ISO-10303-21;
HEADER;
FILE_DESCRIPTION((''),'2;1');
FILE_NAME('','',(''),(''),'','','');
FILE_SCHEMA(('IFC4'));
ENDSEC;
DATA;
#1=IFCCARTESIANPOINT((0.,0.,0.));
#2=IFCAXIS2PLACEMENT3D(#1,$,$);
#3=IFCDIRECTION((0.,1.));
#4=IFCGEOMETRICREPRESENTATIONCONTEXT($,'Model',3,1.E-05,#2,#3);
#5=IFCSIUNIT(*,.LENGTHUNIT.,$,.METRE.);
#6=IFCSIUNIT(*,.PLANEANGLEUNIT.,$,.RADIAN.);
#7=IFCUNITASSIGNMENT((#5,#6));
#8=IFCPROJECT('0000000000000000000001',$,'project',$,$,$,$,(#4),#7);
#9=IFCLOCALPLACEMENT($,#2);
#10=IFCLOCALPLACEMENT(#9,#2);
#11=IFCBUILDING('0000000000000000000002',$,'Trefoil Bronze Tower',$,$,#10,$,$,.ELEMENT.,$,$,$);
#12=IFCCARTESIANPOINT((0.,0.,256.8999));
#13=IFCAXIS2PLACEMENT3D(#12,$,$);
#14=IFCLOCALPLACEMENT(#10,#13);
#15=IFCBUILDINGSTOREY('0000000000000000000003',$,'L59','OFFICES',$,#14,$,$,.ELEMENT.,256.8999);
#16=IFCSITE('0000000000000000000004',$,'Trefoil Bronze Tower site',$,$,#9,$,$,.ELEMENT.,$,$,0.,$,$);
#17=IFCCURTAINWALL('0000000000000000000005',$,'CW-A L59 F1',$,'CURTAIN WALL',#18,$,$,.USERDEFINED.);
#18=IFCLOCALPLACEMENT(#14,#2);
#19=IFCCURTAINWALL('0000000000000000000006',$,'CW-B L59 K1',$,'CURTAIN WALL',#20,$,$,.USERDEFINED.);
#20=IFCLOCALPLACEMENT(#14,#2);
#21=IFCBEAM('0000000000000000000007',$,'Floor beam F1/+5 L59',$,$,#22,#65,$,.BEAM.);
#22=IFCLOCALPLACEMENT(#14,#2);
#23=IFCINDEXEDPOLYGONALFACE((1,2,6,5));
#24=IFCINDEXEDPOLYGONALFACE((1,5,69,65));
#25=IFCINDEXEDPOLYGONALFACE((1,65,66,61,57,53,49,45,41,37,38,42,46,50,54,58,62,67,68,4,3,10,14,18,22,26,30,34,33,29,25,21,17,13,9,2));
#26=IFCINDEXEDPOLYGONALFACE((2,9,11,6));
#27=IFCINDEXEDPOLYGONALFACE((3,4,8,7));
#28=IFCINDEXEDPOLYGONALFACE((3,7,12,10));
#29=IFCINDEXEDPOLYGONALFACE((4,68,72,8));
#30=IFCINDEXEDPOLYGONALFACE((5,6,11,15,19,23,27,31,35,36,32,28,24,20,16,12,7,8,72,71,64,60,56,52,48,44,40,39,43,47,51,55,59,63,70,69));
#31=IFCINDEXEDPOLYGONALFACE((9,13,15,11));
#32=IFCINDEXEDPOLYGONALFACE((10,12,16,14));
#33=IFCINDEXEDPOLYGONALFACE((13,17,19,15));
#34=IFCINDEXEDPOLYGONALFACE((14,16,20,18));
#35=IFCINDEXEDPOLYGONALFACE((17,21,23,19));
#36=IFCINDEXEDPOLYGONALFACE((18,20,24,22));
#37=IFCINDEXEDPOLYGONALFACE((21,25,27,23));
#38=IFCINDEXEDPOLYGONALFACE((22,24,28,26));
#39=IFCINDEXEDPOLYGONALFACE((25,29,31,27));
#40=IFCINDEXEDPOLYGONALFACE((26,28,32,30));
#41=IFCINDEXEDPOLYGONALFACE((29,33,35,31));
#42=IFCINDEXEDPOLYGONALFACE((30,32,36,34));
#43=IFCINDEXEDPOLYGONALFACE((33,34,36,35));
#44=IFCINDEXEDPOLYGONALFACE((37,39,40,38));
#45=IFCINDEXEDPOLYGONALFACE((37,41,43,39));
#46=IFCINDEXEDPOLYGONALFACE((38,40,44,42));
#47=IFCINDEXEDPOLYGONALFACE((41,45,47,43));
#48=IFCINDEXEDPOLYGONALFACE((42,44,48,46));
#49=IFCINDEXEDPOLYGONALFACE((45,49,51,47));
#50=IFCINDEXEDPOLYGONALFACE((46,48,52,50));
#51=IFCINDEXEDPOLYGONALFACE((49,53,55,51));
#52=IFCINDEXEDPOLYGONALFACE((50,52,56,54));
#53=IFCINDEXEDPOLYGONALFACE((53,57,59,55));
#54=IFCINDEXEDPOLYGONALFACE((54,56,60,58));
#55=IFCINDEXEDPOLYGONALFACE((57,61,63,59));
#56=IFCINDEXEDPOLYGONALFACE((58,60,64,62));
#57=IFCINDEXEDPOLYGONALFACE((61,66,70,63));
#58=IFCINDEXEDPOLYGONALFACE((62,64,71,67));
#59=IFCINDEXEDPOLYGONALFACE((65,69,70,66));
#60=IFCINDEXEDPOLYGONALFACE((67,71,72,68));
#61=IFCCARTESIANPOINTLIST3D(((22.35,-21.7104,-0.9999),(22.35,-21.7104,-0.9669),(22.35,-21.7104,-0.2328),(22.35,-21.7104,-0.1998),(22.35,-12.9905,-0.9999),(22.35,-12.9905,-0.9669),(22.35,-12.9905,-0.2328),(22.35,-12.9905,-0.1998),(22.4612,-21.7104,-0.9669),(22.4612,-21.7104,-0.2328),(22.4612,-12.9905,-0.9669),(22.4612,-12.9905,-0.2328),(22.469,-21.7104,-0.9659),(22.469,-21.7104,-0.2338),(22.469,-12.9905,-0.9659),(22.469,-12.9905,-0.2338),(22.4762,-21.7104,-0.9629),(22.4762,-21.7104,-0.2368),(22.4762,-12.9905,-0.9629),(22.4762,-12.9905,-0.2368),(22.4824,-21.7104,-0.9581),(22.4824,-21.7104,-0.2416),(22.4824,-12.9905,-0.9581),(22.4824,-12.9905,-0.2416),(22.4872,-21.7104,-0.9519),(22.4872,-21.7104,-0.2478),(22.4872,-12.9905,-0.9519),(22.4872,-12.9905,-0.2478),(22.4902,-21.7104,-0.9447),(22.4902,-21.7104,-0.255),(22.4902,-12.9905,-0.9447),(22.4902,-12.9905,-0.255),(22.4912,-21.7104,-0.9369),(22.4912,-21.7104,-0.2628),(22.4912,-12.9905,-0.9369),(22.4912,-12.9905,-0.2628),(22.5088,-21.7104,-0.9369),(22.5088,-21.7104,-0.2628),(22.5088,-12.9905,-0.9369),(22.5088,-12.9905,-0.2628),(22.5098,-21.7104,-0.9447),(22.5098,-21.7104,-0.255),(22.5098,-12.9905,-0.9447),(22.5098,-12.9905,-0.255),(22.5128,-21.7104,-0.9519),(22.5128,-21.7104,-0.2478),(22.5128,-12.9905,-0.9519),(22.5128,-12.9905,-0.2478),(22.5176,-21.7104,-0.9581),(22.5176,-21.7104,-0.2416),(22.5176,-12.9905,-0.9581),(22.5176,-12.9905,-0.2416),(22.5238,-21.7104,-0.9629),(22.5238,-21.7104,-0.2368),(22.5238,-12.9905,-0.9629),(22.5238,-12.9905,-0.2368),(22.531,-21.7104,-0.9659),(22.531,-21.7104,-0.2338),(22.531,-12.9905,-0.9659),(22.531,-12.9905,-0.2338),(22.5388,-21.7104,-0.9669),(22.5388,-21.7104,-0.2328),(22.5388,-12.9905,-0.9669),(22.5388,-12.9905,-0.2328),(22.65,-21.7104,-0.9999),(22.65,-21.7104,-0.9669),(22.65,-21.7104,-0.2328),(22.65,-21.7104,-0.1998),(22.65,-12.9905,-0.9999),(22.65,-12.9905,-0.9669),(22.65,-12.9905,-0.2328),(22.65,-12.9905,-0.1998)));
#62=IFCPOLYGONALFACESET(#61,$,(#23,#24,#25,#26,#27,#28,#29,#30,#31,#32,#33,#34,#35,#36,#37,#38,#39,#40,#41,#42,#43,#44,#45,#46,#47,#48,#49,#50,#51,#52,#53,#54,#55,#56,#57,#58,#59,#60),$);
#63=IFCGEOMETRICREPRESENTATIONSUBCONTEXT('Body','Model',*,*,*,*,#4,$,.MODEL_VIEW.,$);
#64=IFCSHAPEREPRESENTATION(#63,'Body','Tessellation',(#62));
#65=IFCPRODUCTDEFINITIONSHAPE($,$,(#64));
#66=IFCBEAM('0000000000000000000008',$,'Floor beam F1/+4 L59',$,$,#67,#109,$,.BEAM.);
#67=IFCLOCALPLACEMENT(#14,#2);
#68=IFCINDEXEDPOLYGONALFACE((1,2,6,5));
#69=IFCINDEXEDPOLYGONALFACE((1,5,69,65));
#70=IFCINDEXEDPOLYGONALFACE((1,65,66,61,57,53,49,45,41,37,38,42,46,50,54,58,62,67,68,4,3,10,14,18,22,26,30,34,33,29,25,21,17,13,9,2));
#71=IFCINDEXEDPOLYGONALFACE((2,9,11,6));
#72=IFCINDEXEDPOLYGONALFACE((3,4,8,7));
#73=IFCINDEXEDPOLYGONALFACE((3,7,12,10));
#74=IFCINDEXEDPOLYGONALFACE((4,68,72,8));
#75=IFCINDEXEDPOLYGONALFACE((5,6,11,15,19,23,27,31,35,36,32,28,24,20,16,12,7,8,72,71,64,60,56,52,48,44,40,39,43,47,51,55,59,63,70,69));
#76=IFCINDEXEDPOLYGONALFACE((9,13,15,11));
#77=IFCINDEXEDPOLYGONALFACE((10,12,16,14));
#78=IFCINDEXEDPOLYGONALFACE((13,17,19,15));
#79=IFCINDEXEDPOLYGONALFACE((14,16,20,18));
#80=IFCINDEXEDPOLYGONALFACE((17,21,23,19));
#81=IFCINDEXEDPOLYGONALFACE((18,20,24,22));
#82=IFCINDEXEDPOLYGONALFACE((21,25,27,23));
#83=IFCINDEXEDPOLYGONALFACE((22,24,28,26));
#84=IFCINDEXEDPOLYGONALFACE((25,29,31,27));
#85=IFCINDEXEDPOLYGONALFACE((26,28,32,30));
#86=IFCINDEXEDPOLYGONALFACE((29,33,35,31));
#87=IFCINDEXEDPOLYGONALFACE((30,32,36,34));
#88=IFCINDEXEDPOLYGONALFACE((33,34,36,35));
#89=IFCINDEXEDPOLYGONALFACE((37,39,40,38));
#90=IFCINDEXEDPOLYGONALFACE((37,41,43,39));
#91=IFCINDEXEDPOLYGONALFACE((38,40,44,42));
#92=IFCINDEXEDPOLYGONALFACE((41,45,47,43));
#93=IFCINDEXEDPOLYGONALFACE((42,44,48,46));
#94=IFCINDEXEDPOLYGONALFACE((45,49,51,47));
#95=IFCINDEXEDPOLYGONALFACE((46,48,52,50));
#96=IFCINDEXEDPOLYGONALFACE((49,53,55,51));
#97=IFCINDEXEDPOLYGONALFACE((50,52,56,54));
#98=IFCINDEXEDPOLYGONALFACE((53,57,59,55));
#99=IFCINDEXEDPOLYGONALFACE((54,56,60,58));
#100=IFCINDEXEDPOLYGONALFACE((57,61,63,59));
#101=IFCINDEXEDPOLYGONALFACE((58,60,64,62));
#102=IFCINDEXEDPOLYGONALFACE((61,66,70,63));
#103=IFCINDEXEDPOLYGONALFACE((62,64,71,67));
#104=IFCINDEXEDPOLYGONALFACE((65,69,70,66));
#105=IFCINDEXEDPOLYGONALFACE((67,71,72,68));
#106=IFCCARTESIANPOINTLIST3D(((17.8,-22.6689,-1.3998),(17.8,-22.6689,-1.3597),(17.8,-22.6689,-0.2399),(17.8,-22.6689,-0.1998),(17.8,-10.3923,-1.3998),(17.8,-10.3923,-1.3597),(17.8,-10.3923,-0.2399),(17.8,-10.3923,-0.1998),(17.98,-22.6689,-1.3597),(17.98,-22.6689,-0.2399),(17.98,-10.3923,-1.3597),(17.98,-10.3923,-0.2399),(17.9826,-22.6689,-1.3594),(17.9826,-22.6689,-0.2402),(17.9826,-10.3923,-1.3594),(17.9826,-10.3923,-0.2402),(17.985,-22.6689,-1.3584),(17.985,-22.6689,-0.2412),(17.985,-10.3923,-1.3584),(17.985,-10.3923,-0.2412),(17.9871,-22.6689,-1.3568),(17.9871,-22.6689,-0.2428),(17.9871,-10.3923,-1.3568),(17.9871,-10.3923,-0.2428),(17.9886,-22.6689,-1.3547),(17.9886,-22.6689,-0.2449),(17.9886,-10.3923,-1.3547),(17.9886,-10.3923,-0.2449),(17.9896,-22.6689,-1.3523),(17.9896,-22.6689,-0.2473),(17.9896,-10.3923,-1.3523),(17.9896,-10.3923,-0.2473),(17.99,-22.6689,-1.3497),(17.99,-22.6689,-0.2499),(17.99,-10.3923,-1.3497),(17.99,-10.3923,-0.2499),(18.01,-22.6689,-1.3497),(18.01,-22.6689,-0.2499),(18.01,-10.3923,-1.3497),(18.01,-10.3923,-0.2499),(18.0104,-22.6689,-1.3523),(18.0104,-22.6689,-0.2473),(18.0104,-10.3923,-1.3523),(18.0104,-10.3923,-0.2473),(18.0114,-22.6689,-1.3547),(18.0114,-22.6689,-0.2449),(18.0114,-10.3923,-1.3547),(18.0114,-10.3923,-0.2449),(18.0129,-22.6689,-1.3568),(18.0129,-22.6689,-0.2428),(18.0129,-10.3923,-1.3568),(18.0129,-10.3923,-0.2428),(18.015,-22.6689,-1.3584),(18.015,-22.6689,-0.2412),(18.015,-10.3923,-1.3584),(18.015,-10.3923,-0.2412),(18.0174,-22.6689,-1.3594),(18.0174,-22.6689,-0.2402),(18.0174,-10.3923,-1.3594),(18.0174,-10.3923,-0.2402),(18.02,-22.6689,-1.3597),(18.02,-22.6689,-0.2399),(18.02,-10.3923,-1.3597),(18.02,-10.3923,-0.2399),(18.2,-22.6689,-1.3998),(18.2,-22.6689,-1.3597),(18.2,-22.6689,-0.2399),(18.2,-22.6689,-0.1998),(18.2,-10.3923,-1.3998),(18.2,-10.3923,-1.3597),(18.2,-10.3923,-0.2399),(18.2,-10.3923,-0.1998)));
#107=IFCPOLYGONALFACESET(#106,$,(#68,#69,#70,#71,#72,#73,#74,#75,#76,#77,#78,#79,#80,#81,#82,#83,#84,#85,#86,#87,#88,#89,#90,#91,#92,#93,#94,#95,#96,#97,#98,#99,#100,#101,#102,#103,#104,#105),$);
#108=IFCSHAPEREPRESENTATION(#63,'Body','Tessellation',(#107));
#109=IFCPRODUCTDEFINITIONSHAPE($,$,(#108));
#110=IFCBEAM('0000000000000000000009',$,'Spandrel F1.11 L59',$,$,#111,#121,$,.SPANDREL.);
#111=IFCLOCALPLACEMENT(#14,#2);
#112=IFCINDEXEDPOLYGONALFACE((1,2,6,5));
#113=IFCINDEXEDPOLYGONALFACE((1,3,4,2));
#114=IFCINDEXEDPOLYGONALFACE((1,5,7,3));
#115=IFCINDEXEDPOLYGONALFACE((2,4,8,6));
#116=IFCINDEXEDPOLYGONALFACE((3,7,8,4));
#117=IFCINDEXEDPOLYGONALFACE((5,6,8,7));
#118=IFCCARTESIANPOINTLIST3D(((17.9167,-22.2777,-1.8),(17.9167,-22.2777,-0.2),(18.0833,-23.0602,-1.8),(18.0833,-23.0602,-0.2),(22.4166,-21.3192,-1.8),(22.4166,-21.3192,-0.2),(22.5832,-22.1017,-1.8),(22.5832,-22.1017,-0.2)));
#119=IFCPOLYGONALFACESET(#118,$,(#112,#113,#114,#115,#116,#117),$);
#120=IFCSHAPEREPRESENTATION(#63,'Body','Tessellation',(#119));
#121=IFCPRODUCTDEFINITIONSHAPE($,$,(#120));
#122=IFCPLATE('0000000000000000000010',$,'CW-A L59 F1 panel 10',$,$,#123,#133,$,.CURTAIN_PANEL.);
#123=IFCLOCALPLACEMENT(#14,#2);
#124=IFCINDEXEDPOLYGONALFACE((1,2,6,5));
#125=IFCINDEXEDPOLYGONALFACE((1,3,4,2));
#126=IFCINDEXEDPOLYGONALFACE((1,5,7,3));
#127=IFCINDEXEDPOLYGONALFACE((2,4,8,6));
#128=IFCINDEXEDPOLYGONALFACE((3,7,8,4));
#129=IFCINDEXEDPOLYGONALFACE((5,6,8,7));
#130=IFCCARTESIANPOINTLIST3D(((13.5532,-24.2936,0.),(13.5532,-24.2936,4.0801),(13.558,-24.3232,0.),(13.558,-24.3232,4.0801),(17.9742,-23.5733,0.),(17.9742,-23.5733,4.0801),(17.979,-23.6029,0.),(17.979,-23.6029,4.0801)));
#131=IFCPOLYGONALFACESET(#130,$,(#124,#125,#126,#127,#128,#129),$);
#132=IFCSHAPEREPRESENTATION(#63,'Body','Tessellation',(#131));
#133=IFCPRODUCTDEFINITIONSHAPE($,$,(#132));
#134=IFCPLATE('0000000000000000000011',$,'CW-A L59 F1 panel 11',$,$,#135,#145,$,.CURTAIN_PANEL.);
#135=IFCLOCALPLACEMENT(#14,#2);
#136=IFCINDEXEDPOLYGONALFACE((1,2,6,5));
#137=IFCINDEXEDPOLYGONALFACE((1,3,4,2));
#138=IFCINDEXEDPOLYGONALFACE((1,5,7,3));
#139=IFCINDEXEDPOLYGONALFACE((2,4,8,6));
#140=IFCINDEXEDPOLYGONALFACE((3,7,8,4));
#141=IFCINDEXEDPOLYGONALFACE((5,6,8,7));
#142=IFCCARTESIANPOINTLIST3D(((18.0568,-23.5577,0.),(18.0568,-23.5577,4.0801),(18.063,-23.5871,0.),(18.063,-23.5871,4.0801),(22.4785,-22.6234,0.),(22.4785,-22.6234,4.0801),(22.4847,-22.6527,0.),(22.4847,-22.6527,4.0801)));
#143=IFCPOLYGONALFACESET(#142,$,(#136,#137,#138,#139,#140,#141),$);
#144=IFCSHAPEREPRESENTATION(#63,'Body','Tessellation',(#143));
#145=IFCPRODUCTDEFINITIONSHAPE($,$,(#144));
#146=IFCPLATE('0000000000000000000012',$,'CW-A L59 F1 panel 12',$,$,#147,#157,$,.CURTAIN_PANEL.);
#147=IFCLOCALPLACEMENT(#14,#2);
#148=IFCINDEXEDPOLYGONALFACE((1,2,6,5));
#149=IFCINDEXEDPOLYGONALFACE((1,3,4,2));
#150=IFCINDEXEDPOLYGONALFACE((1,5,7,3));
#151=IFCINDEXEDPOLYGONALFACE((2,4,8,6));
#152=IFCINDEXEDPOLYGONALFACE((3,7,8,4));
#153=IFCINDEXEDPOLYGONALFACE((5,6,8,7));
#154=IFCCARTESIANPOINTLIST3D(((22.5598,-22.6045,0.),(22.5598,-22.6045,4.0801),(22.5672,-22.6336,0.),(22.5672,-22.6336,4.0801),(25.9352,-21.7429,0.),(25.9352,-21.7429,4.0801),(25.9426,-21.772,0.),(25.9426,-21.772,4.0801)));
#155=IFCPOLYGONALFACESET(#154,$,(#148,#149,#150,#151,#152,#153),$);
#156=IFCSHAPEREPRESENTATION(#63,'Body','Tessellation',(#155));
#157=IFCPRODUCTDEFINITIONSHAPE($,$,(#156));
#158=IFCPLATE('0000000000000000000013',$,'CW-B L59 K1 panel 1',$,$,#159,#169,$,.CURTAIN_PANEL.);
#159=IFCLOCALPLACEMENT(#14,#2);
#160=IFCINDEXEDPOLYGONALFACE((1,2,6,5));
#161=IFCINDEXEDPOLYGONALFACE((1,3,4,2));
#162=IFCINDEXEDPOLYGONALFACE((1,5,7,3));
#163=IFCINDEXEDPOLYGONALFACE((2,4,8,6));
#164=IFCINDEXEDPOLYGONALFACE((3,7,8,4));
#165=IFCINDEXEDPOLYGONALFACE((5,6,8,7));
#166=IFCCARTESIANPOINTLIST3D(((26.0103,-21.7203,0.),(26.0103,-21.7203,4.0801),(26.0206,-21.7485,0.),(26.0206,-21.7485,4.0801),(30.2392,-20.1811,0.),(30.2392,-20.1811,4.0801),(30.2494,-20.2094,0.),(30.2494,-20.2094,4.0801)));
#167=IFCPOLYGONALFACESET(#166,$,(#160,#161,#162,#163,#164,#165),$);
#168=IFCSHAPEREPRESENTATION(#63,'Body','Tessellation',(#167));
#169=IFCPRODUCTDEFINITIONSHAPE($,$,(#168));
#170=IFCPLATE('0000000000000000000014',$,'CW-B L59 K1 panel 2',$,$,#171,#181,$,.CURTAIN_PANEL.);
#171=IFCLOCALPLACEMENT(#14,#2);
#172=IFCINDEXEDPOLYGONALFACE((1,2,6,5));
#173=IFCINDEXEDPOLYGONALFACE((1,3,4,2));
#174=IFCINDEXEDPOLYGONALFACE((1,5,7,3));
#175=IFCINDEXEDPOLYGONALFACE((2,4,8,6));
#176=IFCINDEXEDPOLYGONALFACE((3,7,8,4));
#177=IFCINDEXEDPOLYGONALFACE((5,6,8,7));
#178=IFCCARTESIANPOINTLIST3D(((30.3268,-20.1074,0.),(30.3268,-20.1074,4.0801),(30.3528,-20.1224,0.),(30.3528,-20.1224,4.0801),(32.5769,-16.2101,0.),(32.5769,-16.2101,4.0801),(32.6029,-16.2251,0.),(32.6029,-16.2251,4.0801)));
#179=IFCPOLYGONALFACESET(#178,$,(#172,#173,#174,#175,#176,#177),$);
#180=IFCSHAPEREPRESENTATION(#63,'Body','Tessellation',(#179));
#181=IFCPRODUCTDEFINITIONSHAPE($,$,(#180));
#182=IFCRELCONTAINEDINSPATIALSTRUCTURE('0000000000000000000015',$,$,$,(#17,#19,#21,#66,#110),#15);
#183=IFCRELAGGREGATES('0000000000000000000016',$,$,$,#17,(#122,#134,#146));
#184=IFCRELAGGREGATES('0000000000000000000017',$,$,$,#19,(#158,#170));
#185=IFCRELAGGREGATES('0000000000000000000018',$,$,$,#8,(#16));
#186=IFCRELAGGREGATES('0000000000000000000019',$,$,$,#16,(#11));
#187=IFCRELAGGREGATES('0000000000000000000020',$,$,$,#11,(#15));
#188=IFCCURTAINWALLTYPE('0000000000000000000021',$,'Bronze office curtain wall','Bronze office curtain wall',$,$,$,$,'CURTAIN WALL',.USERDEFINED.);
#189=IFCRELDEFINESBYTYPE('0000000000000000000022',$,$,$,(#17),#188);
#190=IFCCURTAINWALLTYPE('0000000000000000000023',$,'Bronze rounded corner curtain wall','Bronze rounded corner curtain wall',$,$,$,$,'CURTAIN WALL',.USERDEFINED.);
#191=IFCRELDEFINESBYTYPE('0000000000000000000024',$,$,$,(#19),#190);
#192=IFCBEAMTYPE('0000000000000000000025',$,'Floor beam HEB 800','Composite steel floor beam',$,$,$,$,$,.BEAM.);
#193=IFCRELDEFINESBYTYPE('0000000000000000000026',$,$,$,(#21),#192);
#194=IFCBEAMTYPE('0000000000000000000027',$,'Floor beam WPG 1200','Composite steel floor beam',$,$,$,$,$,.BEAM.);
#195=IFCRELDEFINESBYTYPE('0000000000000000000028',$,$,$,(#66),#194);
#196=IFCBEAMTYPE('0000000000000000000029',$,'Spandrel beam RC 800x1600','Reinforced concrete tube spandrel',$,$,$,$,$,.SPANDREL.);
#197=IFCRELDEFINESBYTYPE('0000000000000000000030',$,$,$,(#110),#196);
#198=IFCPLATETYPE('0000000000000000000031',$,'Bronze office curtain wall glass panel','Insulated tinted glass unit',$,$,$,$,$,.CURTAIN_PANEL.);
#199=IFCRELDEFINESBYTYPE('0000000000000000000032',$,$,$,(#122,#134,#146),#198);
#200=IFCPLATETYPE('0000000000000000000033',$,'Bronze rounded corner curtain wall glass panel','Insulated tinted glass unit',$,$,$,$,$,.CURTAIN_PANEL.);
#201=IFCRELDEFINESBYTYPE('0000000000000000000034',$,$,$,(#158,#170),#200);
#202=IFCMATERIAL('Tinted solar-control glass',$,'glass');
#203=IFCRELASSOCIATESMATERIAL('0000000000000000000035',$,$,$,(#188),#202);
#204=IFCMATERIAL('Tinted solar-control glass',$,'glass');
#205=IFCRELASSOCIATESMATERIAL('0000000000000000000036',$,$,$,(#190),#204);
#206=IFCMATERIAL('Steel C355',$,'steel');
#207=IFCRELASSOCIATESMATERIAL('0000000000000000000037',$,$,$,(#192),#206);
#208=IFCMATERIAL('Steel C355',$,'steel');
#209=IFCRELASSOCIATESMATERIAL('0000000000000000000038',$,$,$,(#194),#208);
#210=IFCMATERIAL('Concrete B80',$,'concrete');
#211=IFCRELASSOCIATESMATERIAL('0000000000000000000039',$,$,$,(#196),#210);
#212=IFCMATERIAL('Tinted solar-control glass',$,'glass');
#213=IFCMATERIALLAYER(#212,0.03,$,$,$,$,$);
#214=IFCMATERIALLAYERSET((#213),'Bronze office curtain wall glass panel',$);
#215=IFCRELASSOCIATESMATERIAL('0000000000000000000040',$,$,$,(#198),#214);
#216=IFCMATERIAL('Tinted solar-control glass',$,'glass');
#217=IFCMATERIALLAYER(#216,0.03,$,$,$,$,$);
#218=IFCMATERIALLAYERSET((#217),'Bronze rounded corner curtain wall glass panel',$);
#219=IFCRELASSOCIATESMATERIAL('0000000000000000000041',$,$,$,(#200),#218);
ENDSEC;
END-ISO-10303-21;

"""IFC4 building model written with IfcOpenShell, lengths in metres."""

from ifc_helpers import new_model, si_unit, direction, frame, origin, origin_2d, place, context, subcontext, project, spatial, rectangle, i_section, extrude, material, layer, layer_set, material_profile, profile_set, type_object, element, aggregate, save


model = new_model("IFC4")

# Units and contexts
model_context = context("Model", 3, precision=1e-05, world=origin(), true_north=direction((0.0, 1.0)))
body_context = subcontext(model_context, "Body", "Model", "MODEL_VIEW")
ifc_project = project(units=[si_unit("LENGTHUNIT", "METRE"), si_unit("PLANEANGLEUNIT", "RADIAN")], contexts=[model_context])

# Site, building, storey
site_placement = place(None, origin())
site = spatial("IfcSite", under=ifc_project, at=site_placement, Name="Trefoil Bronze Tower site", CompositionType="ELEMENT", RefElevation=0.0)
building_placement = place(site_placement, origin())
building = spatial("IfcBuilding", under=site, at=building_placement, Name="Trefoil Bronze Tower", CompositionType="ELEMENT")
storey_placement = place(building_placement, frame((0.0, 0.0, 256.8999)))
storey = spatial("IfcBuildingStorey", under=building, at=storey_placement, Name="L59", Description="OFFICES", CompositionType="ELEMENT", Elevation=256.8999)

# Curtain walls
ifc_material_1 = material(Name="Tinted solar-control glass", Category="glass")
curtain_wall_type_1 = type_object("IfcCurtainWallType", Name="Bronze office curtain wall", Description="Bronze office curtain wall", ElementType="CURTAIN WALL", PredefinedType="USERDEFINED", material=ifc_material_1)
curtain_wall_1_placement = place(storey_placement, origin())
curtain_wall_1 = element("IfcCurtainWall", 1, at=curtain_wall_1_placement, inside=storey, type_object=curtain_wall_type_1, Name="CW-A L59 F1", ObjectType="CURTAIN WALL", PredefinedType="USERDEFINED")
ifc_material_2 = material(Name="Tinted solar-control glass", Category="glass")
curtain_wall_type_2 = type_object("IfcCurtainWallType", Name="Bronze rounded corner curtain wall", Description="Bronze rounded corner curtain wall", ElementType="CURTAIN WALL", PredefinedType="USERDEFINED", material=ifc_material_2)
curtain_wall_2_placement = place(storey_placement, origin())
curtain_wall_2 = element("IfcCurtainWall", 2, at=curtain_wall_2_placement, inside=storey, type_object=curtain_wall_type_2, Name="CW-B L59 K1", ObjectType="CURTAIN WALL", PredefinedType="USERDEFINED")

# Beams
ifc_material_3 = material(Name="Steel C355", Category="steel")
ifc_material_profile_1 = material_profile(ifc_material_3, i_section(OverallWidth=0.3, OverallDepth=0.8, WebThickness=0.0176, FlangeThickness=0.033, FilletRadius=0.03, at=origin_2d()), Name="HEB 800")
ifc_profile_set_1 = profile_set([ifc_material_profile_1], Name="Steel C355")
beam_type_1 = type_object("IfcBeamType", Name="Floor beam HEB 800", Description="Composite steel floor beam", PredefinedType="BEAM", material=ifc_profile_set_1)
beam_1_placement = place(storey_placement, frame((22.5, -21.7104, -0.5999), z_axis=(0.0, 1.0, 0.0), x_axis=(-1.0, 0.0, 0.0)))
element("IfcBeam", 3, at=beam_1_placement, inside=storey, type_object=beam_type_1, Name="Floor beam F1/+5 L59", PredefinedType="BEAM", context=body_context, shape_type="SweptSolid", body=[
    extrude(i_section(OverallWidth=0.3, OverallDepth=0.8, WebThickness=0.0176, FlangeThickness=0.033, FilletRadius=0.03, at=origin_2d()), origin(), (0.0, 0.0, 1.0), 8.72),
])
ifc_material_4 = material(Name="Steel C355", Category="steel")
ifc_material_profile_2 = material_profile(ifc_material_4, i_section(OverallWidth=0.3999, OverallDepth=1.2, WebThickness=0.02, FlangeThickness=0.04, FilletRadius=0.01, at=origin_2d()), Name="WPG 1200")
ifc_profile_set_2 = profile_set([ifc_material_profile_2], Name="Steel C355")
beam_type_2 = type_object("IfcBeamType", Name="Floor beam WPG 1200", Description="Composite steel floor beam", PredefinedType="BEAM", material=ifc_profile_set_2)
beam_2_placement = place(storey_placement, frame((18.0, -22.6689, -0.7998), z_axis=(0.0, 1.0, 0.0), x_axis=(-1.0, 0.0, 0.0)))
element("IfcBeam", 4, at=beam_2_placement, inside=storey, type_object=beam_type_2, Name="Floor beam F1/+4 L59", PredefinedType="BEAM", context=body_context, shape_type="SweptSolid", body=[
    extrude(i_section(OverallWidth=0.3999, OverallDepth=1.2, WebThickness=0.02, FlangeThickness=0.04, FilletRadius=0.01, at=origin_2d()), origin(), (0.0, 0.0, 1.0), 12.2766),
])
ifc_material_5 = material(Name="Concrete B80", Category="concrete")
ifc_material_profile_3 = material_profile(ifc_material_5, rectangle(XDim=0.8, YDim=1.6001, at=origin_2d()), Name="RC 800x1600")
ifc_profile_set_3 = profile_set([ifc_material_profile_3], Name="Concrete B80")
beam_type_3 = type_object("IfcBeamType", Name="Spandrel beam RC 800x1600", Description="Reinforced concrete tube spandrel", PredefinedType="SPANDREL", material=ifc_profile_set_3)
beam_3_placement = place(storey_placement, frame((18.0, -22.6689, -1.0), z_axis=(0.978059, 0.208326, 0.0), x_axis=(-0.208326, 0.978059, 0.0)))
element("IfcBeam", 5, at=beam_3_placement, inside=storey, type_object=beam_type_3, Name="Spandrel F1.11 L59", PredefinedType="SPANDREL", context=body_context, shape_type="SweptSolid", body=[
    extrude(rectangle(XDim=0.8, YDim=1.6001, at=origin_2d()), origin(), (0.0, 0.0, 1.0), 4.6008),
])

# Plates
ifc_material_6 = material(Name="Tinted solar-control glass", Category="glass")
ifc_layer_1 = layer(ifc_material_6, 0.03)
ifc_layer_set_1 = layer_set([ifc_layer_1], Name="Bronze office curtain wall glass panel")
plate_type_1 = type_object("IfcPlateType", Name="Bronze office curtain wall glass panel", Description="Insulated tinted glass unit", PredefinedType="CURTAIN_PANEL", material=ifc_layer_set_1)
plate_1_placement = place(storey_placement, frame((15.7661, -23.9482, 0.0), z_axis=(0.0, 0.0, 1.0), x_axis=(0.986987, 0.160803, 0.0)))
plate_1 = element("IfcPlate", 6, at=plate_1_placement, type_object=plate_type_1, Name="CW-A L59 F1 panel 10", PredefinedType="CURTAIN_PANEL", context=body_context, shape_type="SweptSolid", body=[
    extrude(rectangle(XDim=4.4792, YDim=0.03, at=origin_2d()), origin(), (0.0, 0.0, 1.0), 4.0801),
])
plate_2_placement = place(storey_placement, frame((20.2708, -23.1052, 0.0), z_axis=(0.0, 0.0, 1.0), x_axis=(0.978394, 0.206747, 0.0)))
plate_2 = element("IfcPlate", 7, at=plate_2_placement, type_object=plate_type_1, Name="CW-A L59 F1 panel 11", PredefinedType="CURTAIN_PANEL", context=body_context, shape_type="SweptSolid", body=[
    extrude(rectangle(XDim=4.5193, YDim=0.03, at=origin_2d()), origin(), (0.0, 0.0, 1.0), 4.0801),
])
plate_3_placement = place(storey_placement, frame((24.2512, -22.1882, 0.0), z_axis=(0.0, 0.0, 1.0), x_axis=(0.968934, 0.247319, 0.0)))
plate_3 = element("IfcPlate", 8, at=plate_3_placement, type_object=plate_type_1, Name="CW-A L59 F1 panel 12", PredefinedType="CURTAIN_PANEL", context=body_context, shape_type="SweptSolid", body=[
    extrude(rectangle(XDim=3.4836, YDim=0.03, at=origin_2d()), origin(), (0.0, 0.0, 1.0), 4.0801),
])
aggregate(curtain_wall_1, [plate_1, plate_2, plate_3])
ifc_material_7 = material(Name="Tinted solar-control glass", Category="glass")
ifc_layer_2 = layer(ifc_material_7, 0.03)
ifc_layer_set_2 = layer_set([ifc_layer_2], Name="Bronze rounded corner curtain wall glass panel")
plate_type_2 = type_object("IfcPlateType", Name="Bronze rounded corner curtain wall glass panel", Description="Insulated tinted glass unit", PredefinedType="CURTAIN_PANEL", material=ifc_layer_set_2)
plate_4_placement = place(storey_placement, frame((28.1299, -20.9648, 0.0), z_axis=(0.0, 0.0, 1.0), x_axis=(0.939693, 0.34202, 0.0)))
plate_4 = element("IfcPlate", 9, at=plate_4_placement, type_object=plate_type_2, Name="CW-B L59 K1 panel 1", PredefinedType="CURTAIN_PANEL", context=body_context, shape_type="SweptSolid", body=[
    extrude(rectangle(XDim=4.5002, YDim=0.03, at=origin_2d()), origin(), (0.0, 0.0, 1.0), 4.0801),
])
plate_5_placement = place(storey_placement, frame((31.4648, -18.1663, 0.0), z_axis=(0.0, 0.0, 1.0), x_axis=(0.5, 0.866025, 0.0)))
plate_5 = element("IfcPlate", 10, at=plate_5_placement, type_object=plate_type_2, Name="CW-B L59 K1 panel 2", PredefinedType="CURTAIN_PANEL", context=body_context, shape_type="SweptSolid", body=[
    extrude(rectangle(XDim=4.5002, YDim=0.03, at=origin_2d()), origin(), (0.0, 0.0, 1.0), 4.0801),
])
aggregate(curtain_wall_2, [plate_4, plate_5])

save(model, "model.ifc")
